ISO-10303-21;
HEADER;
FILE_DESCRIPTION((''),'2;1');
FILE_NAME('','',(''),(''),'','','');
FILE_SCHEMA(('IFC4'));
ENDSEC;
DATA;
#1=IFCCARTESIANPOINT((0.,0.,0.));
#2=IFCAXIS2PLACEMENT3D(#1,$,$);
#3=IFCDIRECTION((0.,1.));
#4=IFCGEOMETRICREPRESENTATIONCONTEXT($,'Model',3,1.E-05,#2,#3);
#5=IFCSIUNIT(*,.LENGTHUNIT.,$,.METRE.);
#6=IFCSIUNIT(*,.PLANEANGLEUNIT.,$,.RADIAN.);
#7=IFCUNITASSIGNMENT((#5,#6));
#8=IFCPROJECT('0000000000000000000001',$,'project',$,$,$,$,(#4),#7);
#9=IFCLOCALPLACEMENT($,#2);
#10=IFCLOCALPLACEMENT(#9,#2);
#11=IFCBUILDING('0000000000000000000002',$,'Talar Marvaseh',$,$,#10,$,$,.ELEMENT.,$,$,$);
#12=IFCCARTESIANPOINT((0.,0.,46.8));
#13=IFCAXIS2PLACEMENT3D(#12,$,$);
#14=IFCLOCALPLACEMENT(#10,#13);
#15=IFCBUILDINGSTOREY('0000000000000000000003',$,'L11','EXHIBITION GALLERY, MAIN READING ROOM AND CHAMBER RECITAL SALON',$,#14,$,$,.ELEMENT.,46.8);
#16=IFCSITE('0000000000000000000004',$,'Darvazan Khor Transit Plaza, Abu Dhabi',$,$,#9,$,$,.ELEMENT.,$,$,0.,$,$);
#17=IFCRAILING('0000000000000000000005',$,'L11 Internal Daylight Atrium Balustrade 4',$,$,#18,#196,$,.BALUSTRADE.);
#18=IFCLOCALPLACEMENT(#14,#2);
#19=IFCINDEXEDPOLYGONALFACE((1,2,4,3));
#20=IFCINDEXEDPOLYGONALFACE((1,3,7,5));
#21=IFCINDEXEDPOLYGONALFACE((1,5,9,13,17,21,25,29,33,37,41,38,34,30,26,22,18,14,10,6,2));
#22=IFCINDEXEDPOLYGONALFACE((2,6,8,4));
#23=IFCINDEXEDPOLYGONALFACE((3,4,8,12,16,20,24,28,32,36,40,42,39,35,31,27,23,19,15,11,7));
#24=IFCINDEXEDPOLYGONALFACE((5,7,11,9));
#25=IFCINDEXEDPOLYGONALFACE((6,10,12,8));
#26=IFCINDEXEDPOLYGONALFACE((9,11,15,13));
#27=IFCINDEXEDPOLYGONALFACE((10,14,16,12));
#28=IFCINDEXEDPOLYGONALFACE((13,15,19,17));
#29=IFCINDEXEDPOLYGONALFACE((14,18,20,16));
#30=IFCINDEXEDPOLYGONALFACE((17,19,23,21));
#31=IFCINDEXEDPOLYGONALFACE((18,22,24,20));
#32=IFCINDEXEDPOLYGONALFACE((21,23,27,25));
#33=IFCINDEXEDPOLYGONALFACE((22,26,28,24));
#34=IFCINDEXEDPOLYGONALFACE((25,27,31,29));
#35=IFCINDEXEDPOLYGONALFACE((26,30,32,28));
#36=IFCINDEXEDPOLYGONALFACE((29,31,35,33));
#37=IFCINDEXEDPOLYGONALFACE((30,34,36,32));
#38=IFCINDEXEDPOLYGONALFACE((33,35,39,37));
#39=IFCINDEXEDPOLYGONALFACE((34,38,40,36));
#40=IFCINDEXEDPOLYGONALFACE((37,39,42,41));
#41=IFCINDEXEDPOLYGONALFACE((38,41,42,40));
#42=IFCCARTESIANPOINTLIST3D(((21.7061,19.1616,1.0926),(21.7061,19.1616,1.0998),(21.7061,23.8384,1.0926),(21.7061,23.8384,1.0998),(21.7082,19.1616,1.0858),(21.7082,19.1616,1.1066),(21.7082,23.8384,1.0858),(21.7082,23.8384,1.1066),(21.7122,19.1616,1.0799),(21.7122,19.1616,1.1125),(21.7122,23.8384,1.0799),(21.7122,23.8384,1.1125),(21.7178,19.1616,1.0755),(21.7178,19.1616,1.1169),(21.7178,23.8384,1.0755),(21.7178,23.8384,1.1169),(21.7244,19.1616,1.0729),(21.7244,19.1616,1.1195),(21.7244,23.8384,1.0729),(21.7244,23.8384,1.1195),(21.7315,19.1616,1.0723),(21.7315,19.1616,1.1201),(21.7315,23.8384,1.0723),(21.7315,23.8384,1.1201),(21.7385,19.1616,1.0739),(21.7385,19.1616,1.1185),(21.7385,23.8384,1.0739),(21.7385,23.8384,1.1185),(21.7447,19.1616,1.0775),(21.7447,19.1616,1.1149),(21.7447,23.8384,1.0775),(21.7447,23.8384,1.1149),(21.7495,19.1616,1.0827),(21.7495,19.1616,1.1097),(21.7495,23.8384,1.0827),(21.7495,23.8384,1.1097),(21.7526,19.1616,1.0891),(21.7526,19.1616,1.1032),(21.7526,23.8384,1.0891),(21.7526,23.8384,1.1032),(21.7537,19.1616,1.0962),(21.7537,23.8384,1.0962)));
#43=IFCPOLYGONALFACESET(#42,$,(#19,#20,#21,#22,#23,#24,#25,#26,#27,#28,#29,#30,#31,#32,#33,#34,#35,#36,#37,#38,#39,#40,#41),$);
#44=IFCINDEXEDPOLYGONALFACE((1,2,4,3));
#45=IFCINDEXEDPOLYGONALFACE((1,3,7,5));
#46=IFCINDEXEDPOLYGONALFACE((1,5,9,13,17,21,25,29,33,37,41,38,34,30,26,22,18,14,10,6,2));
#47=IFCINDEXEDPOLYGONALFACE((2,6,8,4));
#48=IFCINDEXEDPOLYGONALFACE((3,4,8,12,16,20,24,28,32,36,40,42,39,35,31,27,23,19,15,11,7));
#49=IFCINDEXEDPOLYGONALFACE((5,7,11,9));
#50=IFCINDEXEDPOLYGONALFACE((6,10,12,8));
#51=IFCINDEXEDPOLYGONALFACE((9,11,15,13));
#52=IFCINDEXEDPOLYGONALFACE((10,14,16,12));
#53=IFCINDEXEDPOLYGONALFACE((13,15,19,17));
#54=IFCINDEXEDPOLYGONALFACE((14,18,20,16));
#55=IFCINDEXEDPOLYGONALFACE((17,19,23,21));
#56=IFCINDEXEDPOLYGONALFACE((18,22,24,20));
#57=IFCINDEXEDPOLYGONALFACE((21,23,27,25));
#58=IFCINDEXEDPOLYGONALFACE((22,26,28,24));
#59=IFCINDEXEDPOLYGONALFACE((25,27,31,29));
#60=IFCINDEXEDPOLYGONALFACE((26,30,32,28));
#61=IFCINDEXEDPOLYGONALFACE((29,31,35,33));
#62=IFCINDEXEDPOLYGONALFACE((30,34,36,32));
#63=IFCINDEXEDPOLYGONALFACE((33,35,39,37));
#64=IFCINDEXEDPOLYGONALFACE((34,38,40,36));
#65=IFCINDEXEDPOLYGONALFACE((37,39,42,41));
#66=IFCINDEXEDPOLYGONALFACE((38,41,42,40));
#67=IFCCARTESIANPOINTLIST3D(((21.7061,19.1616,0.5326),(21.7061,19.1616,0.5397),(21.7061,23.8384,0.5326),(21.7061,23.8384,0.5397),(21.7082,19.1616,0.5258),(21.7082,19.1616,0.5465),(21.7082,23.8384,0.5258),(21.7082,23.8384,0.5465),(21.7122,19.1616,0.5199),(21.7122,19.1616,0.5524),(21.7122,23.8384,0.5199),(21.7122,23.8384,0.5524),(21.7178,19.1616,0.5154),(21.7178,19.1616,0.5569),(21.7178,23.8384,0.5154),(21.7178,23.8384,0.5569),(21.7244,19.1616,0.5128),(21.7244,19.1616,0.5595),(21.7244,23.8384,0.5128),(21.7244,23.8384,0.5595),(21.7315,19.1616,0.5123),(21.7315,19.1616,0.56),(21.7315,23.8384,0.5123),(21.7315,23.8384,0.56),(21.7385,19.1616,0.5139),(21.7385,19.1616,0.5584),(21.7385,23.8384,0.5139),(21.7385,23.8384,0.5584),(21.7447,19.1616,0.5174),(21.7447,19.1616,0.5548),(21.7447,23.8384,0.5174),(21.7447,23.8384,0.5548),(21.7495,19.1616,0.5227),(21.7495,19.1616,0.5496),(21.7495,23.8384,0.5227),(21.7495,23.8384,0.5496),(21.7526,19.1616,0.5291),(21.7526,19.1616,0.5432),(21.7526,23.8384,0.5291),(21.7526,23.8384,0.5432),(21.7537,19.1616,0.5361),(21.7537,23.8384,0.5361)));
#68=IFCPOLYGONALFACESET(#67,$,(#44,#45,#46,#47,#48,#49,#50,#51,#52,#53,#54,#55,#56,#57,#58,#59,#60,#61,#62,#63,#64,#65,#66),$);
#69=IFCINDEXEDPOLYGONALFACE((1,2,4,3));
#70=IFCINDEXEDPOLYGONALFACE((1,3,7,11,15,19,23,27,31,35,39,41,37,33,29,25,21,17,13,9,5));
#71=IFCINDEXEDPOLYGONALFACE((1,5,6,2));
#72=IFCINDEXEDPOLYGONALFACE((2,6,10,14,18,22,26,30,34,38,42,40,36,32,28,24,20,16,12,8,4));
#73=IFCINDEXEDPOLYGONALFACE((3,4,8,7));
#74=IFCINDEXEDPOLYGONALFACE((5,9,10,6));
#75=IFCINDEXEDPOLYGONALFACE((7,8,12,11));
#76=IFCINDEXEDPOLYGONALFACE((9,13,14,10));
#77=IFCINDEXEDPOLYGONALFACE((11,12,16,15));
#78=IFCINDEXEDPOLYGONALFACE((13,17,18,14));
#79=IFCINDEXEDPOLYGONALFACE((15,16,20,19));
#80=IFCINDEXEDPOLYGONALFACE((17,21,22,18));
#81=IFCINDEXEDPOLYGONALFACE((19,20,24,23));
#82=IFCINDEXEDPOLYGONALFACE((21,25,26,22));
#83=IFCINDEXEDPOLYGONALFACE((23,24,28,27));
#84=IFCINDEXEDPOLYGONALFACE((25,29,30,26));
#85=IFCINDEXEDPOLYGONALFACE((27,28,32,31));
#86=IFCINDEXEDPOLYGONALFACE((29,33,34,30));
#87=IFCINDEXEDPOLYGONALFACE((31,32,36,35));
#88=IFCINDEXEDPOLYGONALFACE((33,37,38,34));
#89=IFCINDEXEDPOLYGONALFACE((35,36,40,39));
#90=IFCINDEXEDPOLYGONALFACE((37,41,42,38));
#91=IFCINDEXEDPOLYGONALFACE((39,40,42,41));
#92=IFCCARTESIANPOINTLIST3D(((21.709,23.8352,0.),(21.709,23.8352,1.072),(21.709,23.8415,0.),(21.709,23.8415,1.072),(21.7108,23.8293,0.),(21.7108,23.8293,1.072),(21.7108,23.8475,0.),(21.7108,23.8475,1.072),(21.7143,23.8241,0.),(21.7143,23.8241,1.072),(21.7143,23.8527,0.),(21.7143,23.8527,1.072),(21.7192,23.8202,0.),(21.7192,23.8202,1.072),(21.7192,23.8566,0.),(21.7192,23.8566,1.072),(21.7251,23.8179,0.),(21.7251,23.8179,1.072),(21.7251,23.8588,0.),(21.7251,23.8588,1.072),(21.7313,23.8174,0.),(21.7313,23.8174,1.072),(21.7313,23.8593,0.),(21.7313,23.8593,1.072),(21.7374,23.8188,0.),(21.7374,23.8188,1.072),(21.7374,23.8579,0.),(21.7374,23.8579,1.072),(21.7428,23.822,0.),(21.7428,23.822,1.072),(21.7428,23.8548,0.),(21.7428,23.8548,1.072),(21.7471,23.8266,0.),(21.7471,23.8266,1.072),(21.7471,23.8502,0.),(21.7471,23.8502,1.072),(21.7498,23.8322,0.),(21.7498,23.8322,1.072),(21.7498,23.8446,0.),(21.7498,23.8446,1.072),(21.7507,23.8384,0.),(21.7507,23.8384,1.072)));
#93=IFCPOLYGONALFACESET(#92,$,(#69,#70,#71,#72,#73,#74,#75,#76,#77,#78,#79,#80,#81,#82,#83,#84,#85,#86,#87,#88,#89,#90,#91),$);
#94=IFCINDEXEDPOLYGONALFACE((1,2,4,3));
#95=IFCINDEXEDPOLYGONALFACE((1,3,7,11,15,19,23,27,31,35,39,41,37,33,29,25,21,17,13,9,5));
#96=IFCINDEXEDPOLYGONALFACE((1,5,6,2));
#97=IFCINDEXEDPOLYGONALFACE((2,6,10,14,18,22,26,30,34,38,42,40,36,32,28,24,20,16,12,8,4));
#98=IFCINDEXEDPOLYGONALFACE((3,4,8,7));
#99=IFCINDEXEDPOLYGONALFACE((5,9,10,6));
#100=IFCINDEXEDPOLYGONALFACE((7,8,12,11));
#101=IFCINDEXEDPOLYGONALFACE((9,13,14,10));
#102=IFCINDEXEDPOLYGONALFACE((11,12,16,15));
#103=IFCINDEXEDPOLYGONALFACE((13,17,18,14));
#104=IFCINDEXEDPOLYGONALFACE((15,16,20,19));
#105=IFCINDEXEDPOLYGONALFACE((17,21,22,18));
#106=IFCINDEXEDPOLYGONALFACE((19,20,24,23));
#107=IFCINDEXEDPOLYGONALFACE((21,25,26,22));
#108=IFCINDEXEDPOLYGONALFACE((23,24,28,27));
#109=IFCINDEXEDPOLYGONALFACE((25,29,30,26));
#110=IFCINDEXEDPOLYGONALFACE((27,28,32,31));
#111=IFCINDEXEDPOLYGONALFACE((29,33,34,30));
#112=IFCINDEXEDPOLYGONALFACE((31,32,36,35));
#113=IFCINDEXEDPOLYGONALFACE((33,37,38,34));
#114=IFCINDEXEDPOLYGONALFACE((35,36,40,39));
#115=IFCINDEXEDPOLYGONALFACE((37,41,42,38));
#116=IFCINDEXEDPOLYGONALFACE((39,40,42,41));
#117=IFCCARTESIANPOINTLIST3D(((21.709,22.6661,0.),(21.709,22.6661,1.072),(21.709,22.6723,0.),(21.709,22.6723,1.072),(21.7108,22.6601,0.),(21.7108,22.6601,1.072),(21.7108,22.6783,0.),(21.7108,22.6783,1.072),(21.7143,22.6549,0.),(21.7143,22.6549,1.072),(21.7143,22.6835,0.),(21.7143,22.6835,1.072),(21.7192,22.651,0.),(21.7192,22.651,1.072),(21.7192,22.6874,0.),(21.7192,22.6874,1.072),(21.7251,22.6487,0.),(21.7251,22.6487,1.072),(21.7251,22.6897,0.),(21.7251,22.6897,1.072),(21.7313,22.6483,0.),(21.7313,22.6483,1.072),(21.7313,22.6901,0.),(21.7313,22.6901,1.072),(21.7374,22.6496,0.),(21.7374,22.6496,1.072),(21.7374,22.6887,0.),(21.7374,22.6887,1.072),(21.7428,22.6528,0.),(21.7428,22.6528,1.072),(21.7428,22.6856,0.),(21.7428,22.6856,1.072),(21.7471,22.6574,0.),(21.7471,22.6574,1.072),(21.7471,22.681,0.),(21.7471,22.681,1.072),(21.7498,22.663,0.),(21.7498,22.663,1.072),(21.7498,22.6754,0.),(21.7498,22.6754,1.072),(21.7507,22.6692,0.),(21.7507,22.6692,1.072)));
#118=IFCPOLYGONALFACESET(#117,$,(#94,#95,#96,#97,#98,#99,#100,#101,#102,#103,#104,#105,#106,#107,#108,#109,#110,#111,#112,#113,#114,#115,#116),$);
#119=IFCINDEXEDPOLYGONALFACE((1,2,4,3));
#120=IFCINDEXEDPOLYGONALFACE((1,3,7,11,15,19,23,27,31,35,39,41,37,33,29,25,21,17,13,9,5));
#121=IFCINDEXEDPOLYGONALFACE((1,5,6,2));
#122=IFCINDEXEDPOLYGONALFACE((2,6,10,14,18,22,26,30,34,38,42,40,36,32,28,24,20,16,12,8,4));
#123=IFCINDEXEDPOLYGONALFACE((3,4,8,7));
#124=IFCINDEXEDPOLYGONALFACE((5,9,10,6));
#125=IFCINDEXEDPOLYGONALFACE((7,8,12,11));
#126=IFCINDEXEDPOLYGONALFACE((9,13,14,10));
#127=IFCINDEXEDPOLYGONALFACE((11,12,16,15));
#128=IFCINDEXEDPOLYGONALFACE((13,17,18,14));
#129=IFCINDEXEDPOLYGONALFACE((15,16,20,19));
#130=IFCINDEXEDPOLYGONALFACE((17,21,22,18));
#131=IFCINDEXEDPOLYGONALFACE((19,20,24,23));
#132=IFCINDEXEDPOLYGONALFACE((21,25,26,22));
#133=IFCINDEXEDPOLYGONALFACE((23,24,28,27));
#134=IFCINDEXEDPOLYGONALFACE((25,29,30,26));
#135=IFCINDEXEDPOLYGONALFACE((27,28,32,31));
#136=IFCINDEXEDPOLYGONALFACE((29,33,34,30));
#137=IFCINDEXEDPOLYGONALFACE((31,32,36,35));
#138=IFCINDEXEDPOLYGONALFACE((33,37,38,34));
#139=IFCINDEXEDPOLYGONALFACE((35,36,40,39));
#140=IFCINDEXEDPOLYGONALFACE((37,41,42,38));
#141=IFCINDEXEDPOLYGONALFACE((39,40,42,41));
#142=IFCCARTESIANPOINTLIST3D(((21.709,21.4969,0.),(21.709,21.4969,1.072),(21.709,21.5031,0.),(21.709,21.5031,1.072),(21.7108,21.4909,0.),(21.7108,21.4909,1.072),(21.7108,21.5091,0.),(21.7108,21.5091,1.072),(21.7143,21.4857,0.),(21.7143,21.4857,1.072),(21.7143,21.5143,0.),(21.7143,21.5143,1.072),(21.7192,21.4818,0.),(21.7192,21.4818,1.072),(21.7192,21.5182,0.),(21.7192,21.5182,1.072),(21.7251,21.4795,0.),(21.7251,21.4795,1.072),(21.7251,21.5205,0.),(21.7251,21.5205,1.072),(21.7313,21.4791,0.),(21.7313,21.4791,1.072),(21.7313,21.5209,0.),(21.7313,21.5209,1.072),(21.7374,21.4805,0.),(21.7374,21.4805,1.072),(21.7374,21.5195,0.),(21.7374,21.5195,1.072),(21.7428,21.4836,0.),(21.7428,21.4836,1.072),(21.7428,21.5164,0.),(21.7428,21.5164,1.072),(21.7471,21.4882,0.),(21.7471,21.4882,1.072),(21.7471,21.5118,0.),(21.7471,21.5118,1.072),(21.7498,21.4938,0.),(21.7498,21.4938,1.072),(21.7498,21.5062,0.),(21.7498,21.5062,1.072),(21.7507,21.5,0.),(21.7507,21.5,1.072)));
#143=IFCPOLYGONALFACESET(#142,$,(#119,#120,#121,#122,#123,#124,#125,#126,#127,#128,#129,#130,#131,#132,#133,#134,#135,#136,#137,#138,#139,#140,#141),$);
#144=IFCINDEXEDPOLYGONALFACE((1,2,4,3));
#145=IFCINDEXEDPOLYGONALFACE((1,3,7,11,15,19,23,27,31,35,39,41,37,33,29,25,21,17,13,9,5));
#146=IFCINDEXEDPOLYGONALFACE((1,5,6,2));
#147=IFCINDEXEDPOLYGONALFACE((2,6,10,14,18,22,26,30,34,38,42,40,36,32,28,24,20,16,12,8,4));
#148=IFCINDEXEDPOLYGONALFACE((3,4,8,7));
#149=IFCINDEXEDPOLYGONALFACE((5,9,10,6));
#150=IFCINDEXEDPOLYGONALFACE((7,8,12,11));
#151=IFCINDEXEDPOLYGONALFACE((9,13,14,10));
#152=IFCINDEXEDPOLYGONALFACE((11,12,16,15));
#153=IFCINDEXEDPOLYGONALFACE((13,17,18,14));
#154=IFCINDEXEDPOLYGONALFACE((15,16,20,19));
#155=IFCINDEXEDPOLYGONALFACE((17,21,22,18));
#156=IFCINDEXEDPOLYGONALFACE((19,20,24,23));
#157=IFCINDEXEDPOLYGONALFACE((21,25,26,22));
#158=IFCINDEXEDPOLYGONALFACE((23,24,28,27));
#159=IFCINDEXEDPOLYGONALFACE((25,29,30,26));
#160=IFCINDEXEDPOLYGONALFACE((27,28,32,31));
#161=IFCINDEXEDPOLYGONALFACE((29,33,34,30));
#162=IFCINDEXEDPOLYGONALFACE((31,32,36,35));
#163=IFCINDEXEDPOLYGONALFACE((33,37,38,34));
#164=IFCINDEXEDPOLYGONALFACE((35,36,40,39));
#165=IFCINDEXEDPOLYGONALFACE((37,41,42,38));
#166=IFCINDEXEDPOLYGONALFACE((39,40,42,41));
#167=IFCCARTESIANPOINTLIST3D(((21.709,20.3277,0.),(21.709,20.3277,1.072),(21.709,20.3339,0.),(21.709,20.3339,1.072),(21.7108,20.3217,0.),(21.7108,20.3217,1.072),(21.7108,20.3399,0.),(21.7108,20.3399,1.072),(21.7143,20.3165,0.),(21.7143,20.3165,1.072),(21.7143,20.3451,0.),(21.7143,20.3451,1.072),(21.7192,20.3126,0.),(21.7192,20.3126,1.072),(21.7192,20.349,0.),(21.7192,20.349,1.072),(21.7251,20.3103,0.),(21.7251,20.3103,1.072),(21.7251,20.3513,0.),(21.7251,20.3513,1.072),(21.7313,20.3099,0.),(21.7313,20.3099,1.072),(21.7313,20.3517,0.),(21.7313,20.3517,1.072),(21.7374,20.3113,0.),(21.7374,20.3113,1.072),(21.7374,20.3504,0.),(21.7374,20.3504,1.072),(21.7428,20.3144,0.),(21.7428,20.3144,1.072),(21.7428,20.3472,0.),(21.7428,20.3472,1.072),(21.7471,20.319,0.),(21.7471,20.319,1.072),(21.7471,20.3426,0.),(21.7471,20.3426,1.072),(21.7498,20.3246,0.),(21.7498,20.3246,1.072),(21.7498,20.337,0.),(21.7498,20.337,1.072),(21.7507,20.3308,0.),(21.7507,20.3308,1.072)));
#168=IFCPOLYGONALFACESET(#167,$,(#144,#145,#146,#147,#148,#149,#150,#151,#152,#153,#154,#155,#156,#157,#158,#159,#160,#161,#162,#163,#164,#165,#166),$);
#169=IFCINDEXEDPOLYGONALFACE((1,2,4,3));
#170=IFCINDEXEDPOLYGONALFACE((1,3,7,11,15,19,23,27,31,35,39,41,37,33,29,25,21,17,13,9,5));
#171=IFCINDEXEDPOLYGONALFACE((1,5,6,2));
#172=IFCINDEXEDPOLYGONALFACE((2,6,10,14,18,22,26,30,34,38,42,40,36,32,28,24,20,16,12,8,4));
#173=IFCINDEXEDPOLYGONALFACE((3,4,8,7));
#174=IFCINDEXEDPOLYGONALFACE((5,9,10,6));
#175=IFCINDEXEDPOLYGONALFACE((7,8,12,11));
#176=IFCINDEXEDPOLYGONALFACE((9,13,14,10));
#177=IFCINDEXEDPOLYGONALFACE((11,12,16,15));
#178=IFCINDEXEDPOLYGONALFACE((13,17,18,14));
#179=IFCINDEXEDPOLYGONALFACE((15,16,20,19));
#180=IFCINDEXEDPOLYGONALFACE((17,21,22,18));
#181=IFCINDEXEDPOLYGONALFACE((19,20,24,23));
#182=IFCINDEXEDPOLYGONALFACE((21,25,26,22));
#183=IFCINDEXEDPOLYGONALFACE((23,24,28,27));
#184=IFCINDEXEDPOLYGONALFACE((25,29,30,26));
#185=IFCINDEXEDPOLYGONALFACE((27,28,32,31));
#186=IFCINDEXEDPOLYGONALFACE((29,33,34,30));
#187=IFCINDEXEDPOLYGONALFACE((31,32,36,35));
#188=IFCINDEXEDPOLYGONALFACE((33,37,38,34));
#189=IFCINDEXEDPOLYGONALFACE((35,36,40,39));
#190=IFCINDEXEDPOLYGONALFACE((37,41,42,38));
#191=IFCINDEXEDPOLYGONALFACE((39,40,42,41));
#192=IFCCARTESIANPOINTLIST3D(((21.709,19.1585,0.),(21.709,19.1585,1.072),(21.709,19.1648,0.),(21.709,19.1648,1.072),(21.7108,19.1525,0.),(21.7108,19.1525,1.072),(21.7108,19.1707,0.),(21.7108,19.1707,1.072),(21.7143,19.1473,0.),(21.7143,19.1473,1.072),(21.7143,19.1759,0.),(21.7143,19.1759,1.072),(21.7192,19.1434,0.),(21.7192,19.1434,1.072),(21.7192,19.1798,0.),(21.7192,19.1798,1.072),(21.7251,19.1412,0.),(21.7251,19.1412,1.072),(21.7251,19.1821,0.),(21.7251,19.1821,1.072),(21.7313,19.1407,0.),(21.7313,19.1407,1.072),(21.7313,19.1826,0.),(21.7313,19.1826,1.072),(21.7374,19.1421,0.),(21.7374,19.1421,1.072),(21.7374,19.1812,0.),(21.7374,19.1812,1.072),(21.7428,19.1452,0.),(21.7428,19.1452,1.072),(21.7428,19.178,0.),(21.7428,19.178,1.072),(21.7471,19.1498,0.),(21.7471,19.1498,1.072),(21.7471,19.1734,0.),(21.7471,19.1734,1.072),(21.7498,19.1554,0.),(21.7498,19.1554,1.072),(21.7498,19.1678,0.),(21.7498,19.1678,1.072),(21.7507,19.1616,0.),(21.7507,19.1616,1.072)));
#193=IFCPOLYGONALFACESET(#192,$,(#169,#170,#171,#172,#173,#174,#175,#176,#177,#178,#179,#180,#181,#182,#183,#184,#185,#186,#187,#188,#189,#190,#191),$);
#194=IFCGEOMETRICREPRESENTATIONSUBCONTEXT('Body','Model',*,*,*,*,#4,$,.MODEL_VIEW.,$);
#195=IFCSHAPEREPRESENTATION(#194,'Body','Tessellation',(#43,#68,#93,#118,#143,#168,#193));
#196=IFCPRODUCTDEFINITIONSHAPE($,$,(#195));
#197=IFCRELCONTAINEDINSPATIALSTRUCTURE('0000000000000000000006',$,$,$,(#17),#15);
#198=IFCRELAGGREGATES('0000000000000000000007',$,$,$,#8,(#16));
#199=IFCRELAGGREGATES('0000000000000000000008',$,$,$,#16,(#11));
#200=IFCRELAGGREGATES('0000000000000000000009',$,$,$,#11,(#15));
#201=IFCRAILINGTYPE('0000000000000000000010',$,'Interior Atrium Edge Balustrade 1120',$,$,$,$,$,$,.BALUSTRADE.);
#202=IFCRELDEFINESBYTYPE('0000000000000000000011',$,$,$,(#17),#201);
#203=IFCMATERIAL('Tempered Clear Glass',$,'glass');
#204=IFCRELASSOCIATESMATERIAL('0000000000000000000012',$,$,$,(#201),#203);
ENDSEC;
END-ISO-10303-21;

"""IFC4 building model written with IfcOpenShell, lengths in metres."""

from ifc_helpers import new_model, si_unit, direction, frame, origin, origin_2d, place, context, subcontext, project, spatial, circle, extrude, material, type_object, element, save


model = new_model("IFC4")

# Units and contexts
model_context = context("Model", 3, precision=1e-05, world=origin(), true_north=direction((0.0, 1.0)))
body_context = subcontext(model_context, "Body", "Model", "MODEL_VIEW")
ifc_project = project(units=[si_unit("LENGTHUNIT", "METRE"), si_unit("PLANEANGLEUNIT", "RADIAN")], contexts=[model_context])

# Site, building, storey
site_placement = place(None, origin())
site = spatial("IfcSite", under=ifc_project, at=site_placement, Name="Darvazan Khor Transit Plaza, Abu Dhabi", CompositionType="ELEMENT", RefElevation=0.0)
building_placement = place(site_placement, origin())
building = spatial("IfcBuilding", under=site, at=building_placement, Name="Talar Marvaseh", CompositionType="ELEMENT")
storey_placement = place(building_placement, frame((0.0, 0.0, 46.8)))
storey = spatial("IfcBuildingStorey", under=building, at=storey_placement, Name="L11", Description="EXHIBITION GALLERY, MAIN READING ROOM AND CHAMBER RECITAL SALON", CompositionType="ELEMENT", Elevation=46.8)

# Railing
ifc_material_1 = material(Name="Tempered Clear Glass", Category="glass")
railing_type_1 = type_object("IfcRailingType", Name="Interior Atrium Edge Balustrade 1120", PredefinedType="BALUSTRADE", material=ifc_material_1)
railing_1_placement = place(storey_placement, frame((21.7297, 23.8384, 0.0)))
element("IfcRailing", 1, at=railing_1_placement, inside=storey, type_object=railing_type_1, Name="L11 Internal Daylight Atrium Balustrade 4", PredefinedType="BALUSTRADE", context=body_context, shape_type="SweptSolid", body=[
    extrude(circle(Radius=0.0239, at=origin_2d()), frame((0.0, 0.0, 1.0962), z_axis=(0.0, -1.0, 0.0), x_axis=(1.0, 0.0, 0.0)), (0.0, 0.0, 1.0), 4.6768),
    extrude(circle(Radius=0.0239, at=origin_2d()), frame((0.0, 0.0, 0.5361), z_axis=(0.0, -1.0, 0.0), x_axis=(1.0, 0.0, 0.0)), (0.0, 0.0, 1.0), 4.6768),
    extrude(circle(Radius=0.021, at=origin_2d()), origin(), (0.0, 0.0, 1.0), 1.072),
    extrude(circle(Radius=0.021, at=origin_2d()), frame((0.0, -1.1692, 0.0)), (0.0, 0.0, 1.0), 1.072),
    extrude(circle(Radius=0.021, at=origin_2d()), frame((0.0, -2.3384, 0.0)), (0.0, 0.0, 1.0), 1.072),
    extrude(circle(Radius=0.021, at=origin_2d()), frame((0.0, -3.5076, 0.0)), (0.0, 0.0, 1.0), 1.072),
    extrude(circle(Radius=0.021, at=origin_2d()), frame((0.0, -4.6768, 0.0)), (0.0, 0.0, 1.0), 1.072),
])

save(model, "model.ifc")
